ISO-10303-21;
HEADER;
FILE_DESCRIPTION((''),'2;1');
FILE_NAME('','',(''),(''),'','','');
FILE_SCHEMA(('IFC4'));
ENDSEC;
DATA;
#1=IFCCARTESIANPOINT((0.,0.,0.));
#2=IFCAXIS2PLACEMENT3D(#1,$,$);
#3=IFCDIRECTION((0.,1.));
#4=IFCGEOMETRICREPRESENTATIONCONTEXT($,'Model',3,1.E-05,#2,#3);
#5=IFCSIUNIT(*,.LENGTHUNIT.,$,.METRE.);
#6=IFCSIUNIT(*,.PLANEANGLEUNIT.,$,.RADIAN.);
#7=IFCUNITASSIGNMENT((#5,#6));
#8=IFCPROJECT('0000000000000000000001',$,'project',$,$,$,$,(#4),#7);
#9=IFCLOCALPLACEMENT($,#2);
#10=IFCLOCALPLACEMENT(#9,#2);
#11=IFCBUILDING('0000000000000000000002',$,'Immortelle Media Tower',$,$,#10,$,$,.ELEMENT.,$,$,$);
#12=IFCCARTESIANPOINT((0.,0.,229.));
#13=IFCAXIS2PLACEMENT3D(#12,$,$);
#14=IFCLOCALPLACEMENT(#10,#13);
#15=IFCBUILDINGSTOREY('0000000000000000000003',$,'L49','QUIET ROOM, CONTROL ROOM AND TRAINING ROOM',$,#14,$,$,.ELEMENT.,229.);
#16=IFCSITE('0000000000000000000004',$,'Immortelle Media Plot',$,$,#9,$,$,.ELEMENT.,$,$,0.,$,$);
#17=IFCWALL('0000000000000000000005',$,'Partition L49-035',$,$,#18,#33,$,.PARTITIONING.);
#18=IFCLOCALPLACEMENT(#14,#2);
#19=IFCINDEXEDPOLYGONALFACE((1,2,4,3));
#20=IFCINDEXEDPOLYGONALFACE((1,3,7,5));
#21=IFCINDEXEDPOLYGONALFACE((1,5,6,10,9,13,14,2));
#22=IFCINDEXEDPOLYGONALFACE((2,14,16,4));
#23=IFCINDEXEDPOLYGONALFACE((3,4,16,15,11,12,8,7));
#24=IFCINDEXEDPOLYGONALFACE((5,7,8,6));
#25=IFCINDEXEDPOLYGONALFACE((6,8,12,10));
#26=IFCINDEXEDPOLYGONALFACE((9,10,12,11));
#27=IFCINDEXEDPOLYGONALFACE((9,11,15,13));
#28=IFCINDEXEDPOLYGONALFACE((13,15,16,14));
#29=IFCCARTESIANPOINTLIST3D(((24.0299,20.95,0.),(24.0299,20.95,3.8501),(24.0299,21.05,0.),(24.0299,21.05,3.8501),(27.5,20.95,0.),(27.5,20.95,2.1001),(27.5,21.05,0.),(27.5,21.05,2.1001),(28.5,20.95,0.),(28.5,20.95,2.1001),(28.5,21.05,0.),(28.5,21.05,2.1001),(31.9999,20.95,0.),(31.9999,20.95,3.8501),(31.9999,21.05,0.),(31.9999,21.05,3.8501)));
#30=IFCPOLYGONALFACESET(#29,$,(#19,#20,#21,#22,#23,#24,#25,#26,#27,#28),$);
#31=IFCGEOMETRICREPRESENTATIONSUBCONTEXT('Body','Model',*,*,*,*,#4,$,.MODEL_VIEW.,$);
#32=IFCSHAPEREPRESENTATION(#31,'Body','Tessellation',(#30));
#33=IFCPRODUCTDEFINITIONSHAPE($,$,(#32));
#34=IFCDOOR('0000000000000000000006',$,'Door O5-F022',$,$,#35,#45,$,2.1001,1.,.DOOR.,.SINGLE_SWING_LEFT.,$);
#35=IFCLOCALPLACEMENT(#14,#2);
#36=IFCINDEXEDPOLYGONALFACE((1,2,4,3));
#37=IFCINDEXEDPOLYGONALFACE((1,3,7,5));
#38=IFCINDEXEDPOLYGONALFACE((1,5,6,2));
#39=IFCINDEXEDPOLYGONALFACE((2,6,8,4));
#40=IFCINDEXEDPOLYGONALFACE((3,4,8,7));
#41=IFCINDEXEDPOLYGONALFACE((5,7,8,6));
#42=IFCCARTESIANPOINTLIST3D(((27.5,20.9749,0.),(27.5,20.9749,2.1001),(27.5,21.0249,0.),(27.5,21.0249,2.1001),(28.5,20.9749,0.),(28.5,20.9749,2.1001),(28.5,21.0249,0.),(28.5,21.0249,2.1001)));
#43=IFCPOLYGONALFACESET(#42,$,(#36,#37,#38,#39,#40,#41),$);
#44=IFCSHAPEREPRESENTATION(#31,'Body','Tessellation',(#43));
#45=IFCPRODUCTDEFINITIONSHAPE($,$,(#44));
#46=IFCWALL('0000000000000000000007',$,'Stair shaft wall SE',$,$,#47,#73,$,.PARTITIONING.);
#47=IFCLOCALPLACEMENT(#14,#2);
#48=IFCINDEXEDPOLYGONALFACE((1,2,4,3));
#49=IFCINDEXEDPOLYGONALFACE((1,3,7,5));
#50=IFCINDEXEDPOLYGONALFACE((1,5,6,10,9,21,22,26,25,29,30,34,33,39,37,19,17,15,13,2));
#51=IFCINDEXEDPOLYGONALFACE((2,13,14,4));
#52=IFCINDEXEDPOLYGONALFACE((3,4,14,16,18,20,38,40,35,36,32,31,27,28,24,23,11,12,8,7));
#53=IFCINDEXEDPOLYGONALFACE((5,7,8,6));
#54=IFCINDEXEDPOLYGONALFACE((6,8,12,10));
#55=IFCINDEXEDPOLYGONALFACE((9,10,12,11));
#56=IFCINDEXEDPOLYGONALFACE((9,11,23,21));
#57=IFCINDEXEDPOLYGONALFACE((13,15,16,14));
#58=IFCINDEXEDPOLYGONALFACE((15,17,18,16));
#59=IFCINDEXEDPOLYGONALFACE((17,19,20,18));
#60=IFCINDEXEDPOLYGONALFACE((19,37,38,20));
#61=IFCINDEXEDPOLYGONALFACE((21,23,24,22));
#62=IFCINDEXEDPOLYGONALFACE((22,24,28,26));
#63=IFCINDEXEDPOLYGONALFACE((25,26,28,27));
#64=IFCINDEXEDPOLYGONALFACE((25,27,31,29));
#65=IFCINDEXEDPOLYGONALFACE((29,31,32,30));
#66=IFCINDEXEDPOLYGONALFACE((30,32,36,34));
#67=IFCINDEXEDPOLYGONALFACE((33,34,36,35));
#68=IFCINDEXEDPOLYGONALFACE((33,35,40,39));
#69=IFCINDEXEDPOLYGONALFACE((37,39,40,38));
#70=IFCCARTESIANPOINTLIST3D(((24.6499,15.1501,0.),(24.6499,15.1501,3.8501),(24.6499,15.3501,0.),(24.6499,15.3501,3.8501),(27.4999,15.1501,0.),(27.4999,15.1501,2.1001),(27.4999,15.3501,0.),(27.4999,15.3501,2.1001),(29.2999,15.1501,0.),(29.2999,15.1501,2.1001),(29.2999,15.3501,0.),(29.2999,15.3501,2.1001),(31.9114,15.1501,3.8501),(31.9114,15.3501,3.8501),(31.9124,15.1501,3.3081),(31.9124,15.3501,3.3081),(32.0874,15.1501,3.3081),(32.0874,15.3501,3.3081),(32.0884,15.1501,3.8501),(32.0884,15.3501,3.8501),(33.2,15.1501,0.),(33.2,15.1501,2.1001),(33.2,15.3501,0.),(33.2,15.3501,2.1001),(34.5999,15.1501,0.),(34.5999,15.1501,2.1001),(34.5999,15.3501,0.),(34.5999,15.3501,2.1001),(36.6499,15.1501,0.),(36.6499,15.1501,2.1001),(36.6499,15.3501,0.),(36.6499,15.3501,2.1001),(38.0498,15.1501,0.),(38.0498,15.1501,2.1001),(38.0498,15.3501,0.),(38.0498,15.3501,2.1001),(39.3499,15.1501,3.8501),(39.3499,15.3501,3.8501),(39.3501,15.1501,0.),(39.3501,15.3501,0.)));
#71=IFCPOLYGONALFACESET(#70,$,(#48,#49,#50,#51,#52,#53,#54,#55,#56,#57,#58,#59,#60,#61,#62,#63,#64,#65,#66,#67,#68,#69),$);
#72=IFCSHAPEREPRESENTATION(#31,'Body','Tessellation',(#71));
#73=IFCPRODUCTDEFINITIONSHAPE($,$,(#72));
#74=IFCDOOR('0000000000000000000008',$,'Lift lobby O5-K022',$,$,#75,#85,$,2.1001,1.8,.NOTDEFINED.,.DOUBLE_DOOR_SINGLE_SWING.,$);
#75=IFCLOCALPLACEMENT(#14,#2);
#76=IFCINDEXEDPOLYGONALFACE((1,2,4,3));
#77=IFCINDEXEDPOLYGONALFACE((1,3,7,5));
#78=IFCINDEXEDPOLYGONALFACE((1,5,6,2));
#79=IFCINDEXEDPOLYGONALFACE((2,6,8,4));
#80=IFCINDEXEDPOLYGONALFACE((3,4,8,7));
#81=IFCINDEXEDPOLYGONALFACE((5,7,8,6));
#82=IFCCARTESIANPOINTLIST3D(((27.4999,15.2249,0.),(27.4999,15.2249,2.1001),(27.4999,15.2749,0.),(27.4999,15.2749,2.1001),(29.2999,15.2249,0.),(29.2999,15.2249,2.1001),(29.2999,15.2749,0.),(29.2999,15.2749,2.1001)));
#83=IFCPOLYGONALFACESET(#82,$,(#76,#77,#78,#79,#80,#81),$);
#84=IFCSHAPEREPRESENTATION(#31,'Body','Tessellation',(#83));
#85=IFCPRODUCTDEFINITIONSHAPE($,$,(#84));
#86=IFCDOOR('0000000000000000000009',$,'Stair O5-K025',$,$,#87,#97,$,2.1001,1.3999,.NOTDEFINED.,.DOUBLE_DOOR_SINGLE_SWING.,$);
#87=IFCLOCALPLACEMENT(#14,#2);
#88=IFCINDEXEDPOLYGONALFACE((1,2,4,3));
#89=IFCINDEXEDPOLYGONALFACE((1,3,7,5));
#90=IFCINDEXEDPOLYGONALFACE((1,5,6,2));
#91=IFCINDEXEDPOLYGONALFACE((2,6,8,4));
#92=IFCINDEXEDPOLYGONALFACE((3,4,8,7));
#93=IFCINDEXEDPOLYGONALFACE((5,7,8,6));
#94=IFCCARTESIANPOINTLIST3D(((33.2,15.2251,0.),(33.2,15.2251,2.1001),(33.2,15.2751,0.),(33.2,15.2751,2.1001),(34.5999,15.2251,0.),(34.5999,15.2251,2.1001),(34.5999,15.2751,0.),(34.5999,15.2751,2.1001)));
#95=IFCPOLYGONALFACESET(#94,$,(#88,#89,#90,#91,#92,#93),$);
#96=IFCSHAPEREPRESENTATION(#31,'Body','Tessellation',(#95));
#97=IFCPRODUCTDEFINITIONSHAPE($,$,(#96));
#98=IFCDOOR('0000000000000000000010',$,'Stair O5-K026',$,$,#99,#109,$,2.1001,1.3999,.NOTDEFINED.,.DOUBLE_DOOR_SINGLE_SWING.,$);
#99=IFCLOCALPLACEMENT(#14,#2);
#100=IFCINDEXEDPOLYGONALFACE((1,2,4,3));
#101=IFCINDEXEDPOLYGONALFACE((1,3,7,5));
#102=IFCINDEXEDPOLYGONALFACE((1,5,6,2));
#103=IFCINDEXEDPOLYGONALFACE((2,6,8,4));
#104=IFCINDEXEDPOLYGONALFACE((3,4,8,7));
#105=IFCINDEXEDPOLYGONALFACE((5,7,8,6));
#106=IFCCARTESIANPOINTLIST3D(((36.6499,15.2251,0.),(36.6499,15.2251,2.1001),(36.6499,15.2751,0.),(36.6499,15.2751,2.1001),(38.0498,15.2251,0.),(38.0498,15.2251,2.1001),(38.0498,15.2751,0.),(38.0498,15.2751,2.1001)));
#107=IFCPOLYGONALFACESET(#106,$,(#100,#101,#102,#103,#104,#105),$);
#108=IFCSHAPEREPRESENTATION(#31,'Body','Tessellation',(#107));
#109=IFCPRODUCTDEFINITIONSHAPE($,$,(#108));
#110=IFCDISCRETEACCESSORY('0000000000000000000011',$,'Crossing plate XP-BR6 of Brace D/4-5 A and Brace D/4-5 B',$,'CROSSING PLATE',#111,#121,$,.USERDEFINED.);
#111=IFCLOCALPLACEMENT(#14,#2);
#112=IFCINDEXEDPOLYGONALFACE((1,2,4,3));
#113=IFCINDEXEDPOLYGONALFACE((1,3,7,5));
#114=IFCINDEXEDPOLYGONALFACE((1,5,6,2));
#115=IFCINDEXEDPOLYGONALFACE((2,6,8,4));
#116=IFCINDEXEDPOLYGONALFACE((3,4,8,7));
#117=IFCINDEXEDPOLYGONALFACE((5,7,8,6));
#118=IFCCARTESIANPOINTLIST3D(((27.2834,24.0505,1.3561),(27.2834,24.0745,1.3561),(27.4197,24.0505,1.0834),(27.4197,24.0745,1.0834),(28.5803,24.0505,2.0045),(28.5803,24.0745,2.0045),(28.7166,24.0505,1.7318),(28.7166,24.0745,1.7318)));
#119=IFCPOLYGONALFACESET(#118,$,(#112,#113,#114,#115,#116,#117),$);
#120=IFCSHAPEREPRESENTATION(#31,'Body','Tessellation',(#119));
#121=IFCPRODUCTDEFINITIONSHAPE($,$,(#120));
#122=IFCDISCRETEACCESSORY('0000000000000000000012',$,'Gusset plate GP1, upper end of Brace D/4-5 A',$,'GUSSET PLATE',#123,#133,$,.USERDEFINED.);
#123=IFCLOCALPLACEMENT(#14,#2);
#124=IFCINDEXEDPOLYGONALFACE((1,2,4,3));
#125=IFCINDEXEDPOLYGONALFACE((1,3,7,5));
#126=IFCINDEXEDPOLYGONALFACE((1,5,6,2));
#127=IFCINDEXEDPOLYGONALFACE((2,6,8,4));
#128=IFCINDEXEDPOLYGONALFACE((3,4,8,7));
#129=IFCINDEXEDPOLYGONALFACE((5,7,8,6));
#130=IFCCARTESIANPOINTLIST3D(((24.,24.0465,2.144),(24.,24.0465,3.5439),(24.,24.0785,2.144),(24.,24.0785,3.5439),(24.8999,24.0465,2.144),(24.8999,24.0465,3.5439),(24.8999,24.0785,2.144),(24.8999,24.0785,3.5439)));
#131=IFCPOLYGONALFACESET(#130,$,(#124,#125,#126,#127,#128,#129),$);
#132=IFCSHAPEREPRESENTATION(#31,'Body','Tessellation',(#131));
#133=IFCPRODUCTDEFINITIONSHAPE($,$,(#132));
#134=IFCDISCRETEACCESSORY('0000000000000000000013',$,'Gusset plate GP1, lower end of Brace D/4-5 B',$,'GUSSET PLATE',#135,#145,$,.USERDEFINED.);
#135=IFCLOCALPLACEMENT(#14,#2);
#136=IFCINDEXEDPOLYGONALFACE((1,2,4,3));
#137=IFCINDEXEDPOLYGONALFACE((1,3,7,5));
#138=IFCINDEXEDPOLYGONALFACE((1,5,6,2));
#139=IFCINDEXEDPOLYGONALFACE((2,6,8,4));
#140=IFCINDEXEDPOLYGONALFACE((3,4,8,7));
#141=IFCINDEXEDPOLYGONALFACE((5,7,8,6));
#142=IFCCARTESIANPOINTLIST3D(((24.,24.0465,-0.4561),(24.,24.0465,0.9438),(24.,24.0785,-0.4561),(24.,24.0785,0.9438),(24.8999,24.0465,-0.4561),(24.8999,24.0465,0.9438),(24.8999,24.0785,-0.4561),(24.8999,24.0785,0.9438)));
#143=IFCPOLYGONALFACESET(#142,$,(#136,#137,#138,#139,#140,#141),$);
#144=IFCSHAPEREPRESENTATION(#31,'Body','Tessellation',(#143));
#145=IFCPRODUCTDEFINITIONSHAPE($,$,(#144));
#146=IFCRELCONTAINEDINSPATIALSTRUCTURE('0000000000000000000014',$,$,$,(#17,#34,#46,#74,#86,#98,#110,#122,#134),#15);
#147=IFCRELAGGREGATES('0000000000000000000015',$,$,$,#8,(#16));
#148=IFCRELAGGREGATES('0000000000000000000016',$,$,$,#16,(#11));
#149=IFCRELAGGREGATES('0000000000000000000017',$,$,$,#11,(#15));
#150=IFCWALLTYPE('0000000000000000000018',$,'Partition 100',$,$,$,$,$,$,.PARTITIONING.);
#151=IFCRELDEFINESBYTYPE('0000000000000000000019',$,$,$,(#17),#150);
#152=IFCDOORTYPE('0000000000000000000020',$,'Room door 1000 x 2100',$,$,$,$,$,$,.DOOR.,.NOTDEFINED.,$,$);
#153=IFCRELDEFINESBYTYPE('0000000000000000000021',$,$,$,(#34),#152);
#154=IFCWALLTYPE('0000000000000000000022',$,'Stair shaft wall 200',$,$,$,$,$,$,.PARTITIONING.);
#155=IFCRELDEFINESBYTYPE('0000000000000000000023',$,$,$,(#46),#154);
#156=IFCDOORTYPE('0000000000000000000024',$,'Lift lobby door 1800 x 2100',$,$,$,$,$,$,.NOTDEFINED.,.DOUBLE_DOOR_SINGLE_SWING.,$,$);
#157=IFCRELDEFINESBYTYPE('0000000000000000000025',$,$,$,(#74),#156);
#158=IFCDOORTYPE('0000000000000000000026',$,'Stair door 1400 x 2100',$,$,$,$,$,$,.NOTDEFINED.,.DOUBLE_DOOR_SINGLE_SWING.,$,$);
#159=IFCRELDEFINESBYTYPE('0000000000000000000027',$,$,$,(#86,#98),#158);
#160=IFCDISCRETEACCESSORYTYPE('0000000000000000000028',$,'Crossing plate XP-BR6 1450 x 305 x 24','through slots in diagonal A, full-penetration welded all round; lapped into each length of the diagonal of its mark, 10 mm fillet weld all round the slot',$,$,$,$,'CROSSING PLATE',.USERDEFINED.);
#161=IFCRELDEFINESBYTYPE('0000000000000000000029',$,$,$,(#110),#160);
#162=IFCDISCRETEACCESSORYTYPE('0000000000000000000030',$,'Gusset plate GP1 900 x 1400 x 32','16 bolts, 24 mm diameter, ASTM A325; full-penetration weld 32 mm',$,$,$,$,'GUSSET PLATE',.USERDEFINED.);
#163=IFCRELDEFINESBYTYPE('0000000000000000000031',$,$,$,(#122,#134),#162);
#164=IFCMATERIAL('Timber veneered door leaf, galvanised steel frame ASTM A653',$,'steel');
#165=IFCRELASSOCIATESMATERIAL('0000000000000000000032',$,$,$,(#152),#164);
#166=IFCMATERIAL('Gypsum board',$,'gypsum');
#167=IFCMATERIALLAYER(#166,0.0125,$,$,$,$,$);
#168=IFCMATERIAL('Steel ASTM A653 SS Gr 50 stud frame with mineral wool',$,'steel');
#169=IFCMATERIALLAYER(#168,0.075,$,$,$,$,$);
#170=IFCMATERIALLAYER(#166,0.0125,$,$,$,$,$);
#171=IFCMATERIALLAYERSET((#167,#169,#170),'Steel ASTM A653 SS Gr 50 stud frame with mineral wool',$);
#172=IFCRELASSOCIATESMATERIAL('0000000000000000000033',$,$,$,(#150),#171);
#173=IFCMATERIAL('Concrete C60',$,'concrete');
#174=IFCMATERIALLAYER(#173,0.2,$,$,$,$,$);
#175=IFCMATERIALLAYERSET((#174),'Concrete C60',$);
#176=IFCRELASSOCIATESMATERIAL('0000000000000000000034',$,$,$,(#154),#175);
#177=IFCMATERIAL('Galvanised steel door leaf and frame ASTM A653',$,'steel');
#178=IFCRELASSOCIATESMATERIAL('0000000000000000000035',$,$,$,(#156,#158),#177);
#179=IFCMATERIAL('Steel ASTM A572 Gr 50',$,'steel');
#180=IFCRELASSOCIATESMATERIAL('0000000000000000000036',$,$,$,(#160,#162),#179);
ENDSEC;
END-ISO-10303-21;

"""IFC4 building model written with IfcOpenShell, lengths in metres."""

from ifc_helpers import new_model, si_unit, direction, frame, frame_2d, origin, origin_2d, place, context, subcontext, project, spatial, polyline, rectangle, outline, extrude, material, layer, layer_set, material_profile, profile_set, type_object, element, fill, save


model = new_model("IFC4")

# Units and contexts
model_context = context("Model", 3, precision=1e-05, world=origin(), true_north=direction((0.0, 1.0)))
body_context = subcontext(model_context, "Body", "Model", "MODEL_VIEW")
ifc_project = project(units=[si_unit("LENGTHUNIT", "METRE"), si_unit("PLANEANGLEUNIT", "RADIAN")], contexts=[model_context])

# Site, building, storey
site_placement = place(None, origin())
site = spatial("IfcSite", under=ifc_project, at=site_placement, Name="Immortelle Media Plot", CompositionType="ELEMENT", RefElevation=0.0)
building_placement = place(site_placement, origin())
building = spatial("IfcBuilding", under=site, at=building_placement, Name="Immortelle Media Tower", CompositionType="ELEMENT")
storey_placement = place(building_placement, frame((0.0, 0.0, 229.0)))
storey = spatial("IfcBuildingStorey", under=building, at=storey_placement, Name="L49", Description="QUIET ROOM, CONTROL ROOM AND TRAINING ROOM", CompositionType="ELEMENT", Elevation=229.0)

# Shared definitions
ifc_material_1 = material(Name="Steel ASTM A653 SS Gr 50 stud frame with mineral wool", Category="steel")

# Shared definitions
ifc_material_2 = material(Name="Galvanised steel door leaf and frame ASTM A653", Category="steel")

# Shared definitions
ifc_material_3 = material(Name="Timber veneered door leaf, galvanised steel frame ASTM A653", Category="steel")
door_type_1 = type_object("IfcDoorType", Name="Room door 1000 x 2100", OperationType="NOTDEFINED", PredefinedType="DOOR", material=ifc_material_3)

# Wall, opening, door
ifc_material_4 = material(Name="Gypsum board", Category="gypsum")
ifc_layer_1 = layer(ifc_material_4, 0.0125)
ifc_layer_2 = layer(ifc_material_1, 0.075)
ifc_layer_3 = layer(ifc_material_4, 0.0125)
ifc_layer_set_1 = layer_set([ifc_layer_1, ifc_layer_2, ifc_layer_3], Name="Steel ASTM A653 SS Gr 50 stud frame with mineral wool")
wall_type_1 = type_object("IfcWallType", Name="Partition 100", PredefinedType="PARTITIONING", material=ifc_layer_set_1)
wall_1_placement = place(storey_placement, frame((24.03, 21.0, 0.0), z_axis=(0.0, 0.0, 1.0), x_axis=(1.0, 0.0, 0.0)))
wall_1 = element("IfcWall", 1, at=wall_1_placement, inside=storey, type_object=wall_type_1, Name="Partition L49-035", PredefinedType="PARTITIONING", context=body_context, shape_type="SweptSolid", body=[
    extrude(rectangle(XDim=7.97, YDim=0.1001, at=frame_2d((3.9849, 0.0))), origin(), (0.0, 0.0, 1.0), 3.8501),
])
opening_1_placement = place(wall_1_placement, frame((3.47, 0.0, 0.0)))
opening_1 = element("IfcOpeningElement", 2, at=opening_1_placement, cuts=wall_1, PredefinedType="OPENING", context=body_context, shape_type="SweptSolid", body=[
    extrude(rectangle(XDim=1.0, YDim=2.1001, at=frame_2d((0.5, 1.05))), frame((0.0, 0.0601, 0.0), z_axis=(0.0, -1.0, 0.0), x_axis=(1.0, 0.0, 0.0)), (0.0, 0.0, 1.0), 0.1201),
])
door_1_placement = place(opening_1_placement, origin())
door_1 = element("IfcDoor", 3, at=door_1_placement, inside=storey, type_object=door_type_1, Name="Door O5-F022", OperationType="SINGLE_SWING_LEFT", OverallHeight=2.1001, OverallWidth=1.0, PredefinedType="DOOR", context=body_context, shape_type="SweptSolid", body=[
    extrude(rectangle(XDim=1.0, YDim=2.1001, at=frame_2d((0.5, 1.05))), frame((0.0, 0.0249, 0.0), z_axis=(0.0, -1.0, 0.0), x_axis=(1.0, 0.0, 0.0)), (0.0, 0.0, 1.0), 0.05),
])
fill(opening_1, door_1)

# Wall, openings, doors
ifc_material_5 = material(Name="Concrete C60", Category="concrete")
ifc_layer_4 = layer(ifc_material_5, 0.2)
ifc_layer_set_2 = layer_set([ifc_layer_4], Name="Concrete C60")
wall_type_2 = type_object("IfcWallType", Name="Stair shaft wall 200", PredefinedType="PARTITIONING", material=ifc_layer_set_2)
wall_2_placement = place(storey_placement, frame((24.6499, 15.25, 0.0), z_axis=(0.0, 0.0, 1.0), x_axis=(1.0, 0.0, 0.0)))
wall_2 = element("IfcWall", 4, at=wall_2_placement, inside=storey, type_object=wall_type_2, Name="Stair shaft wall SE", PredefinedType="PARTITIONING", context=body_context, shape_type="SweptSolid", body=[
    extrude(outline(polyline([(0.0, 0.0), (14.7002, 0.0), (14.7, 3.8501), (7.4385, 3.8501), (7.4375, 3.3081), (7.2625, 3.3081), (7.2615, 3.8501), (0.0, 3.8501), (0.0, 0.0)])), frame((0.0, 0.1001, 0.0), z_axis=(0.0, -1.0, 0.0), x_axis=(1.0, 0.0, 0.0)), (0.0, 0.0, 1.0), 0.2),
])
opening_2_placement = place(wall_2_placement, frame((2.8501, 0.0, 0.0)))
opening_2 = element("IfcOpeningElement", 5, at=opening_2_placement, cuts=wall_2, PredefinedType="OPENING", context=body_context, shape_type="SweptSolid", body=[
    extrude(rectangle(XDim=1.8, YDim=2.1001, at=frame_2d((0.8999, 1.05))), frame((0.0, 0.1099, 0.0), z_axis=(0.0, -1.0, 0.0), x_axis=(1.0, 0.0, 0.0)), (0.0, 0.0, 1.0), 0.22),
])
opening_3_placement = place(wall_2_placement, frame((9.95, 0.0, 0.0), z_axis=(0.0, 0.0, 1.0), x_axis=(-1.0, 0.0, 0.0)))
opening_3 = element("IfcOpeningElement", 6, at=opening_3_placement, cuts=wall_2, PredefinedType="OPENING", context=body_context, shape_type="SweptSolid", body=[
    extrude(rectangle(XDim=1.3999, YDim=2.1001, at=frame_2d((0.7, 1.05))), frame((0.0, 0.1099, 0.0), z_axis=(0.0, -1.0, 0.0), x_axis=(1.0, 0.0, 0.0)), (0.0, 0.0, 1.0), 0.22),
])
opening_4_placement = place(wall_2_placement, frame((13.3999, 0.0, 0.0), z_axis=(0.0, 0.0, 1.0), x_axis=(-1.0, 0.0, 0.0)))
opening_4 = element("IfcOpeningElement", 7, at=opening_4_placement, cuts=wall_2, PredefinedType="OPENING", context=body_context, shape_type="SweptSolid", body=[
    extrude(rectangle(XDim=1.3999, YDim=2.1001, at=frame_2d((0.7, 1.05))), frame((0.0, 0.1099, 0.0), z_axis=(0.0, -1.0, 0.0), x_axis=(1.0, 0.0, 0.0)), (0.0, 0.0, 1.0), 0.22),
])
door_type_2 = type_object("IfcDoorType", Name="Lift lobby door 1800 x 2100", OperationType="DOUBLE_DOOR_SINGLE_SWING", PredefinedType="NOTDEFINED", material=ifc_material_2)
door_2_placement = place(opening_2_placement, origin())
door_2 = element("IfcDoor", 8, at=door_2_placement, inside=storey, type_object=door_type_2, Name="Lift lobby O5-K022", OperationType="DOUBLE_DOOR_SINGLE_SWING", OverallHeight=2.1001, OverallWidth=1.8, PredefinedType="NOTDEFINED", context=body_context, shape_type="SweptSolid", body=[
    extrude(rectangle(XDim=1.8, YDim=2.1001, at=frame_2d((0.8999, 1.05))), frame((0.0, 0.0249, 0.0), z_axis=(0.0, -1.0, 0.0), x_axis=(1.0, 0.0, 0.0)), (0.0, 0.0, 1.0), 0.05),
])
fill(opening_2, door_2)
door_type_3 = type_object("IfcDoorType", Name="Stair door 1400 x 2100", OperationType="DOUBLE_DOOR_SINGLE_SWING", PredefinedType="NOTDEFINED", material=ifc_material_2)
door_3_placement = place(opening_3_placement, origin())
door_3 = element("IfcDoor", 9, at=door_3_placement, inside=storey, type_object=door_type_3, Name="Stair O5-K025", OperationType="DOUBLE_DOOR_SINGLE_SWING", OverallHeight=2.1001, OverallWidth=1.3999, PredefinedType="NOTDEFINED", context=body_context, shape_type="SweptSolid", body=[
    extrude(rectangle(XDim=1.3999, YDim=2.1001, at=frame_2d((0.7, 1.05))), frame((0.0, 0.0249, 0.0), z_axis=(0.0, -1.0, 0.0), x_axis=(1.0, 0.0, 0.0)), (0.0, 0.0, 1.0), 0.05),
])
fill(opening_3, door_3)
door_4_placement = place(opening_4_placement, origin())
door_4 = element("IfcDoor", 10, at=door_4_placement, inside=storey, type_object=door_type_3, Name="Stair O5-K026", OperationType="DOUBLE_DOOR_SINGLE_SWING", OverallHeight=2.1001, OverallWidth=1.3999, PredefinedType="NOTDEFINED", context=body_context, shape_type="SweptSolid", body=[
    extrude(rectangle(XDim=1.3999, YDim=2.1001, at=frame_2d((0.7, 1.05))), frame((0.0, 0.0249, 0.0), z_axis=(0.0, -1.0, 0.0), x_axis=(1.0, 0.0, 0.0)), (0.0, 0.0, 1.0), 0.05),
])
fill(opening_4, door_4)

# Discrete accessories
ifc_material_6 = material(Name="Steel ASTM A572 Gr 50", Category="steel")
ifc_material_profile_1 = material_profile(ifc_material_6, rectangle(XDim=0.0239, YDim=0.3049, at=origin_2d()), Name="PL 24 x 305")
ifc_profile_set_1 = profile_set([ifc_material_profile_1], Name="Steel ASTM A572 Gr 50")
discrete_accessory_type_1 = type_object("IfcDiscreteAccessoryType", Name="Crossing plate XP-BR6 1450 x 305 x 24", Description="through slots in diagonal A, full-penetration welded all round; lapped into each length of the diagonal of its mark, 10 mm fillet weld all round the slot", ElementType="CROSSING PLATE", PredefinedType="USERDEFINED", material=ifc_profile_set_1)
discrete_accessory_placement = place(storey_placement, frame((28.6484, 24.0625, 1.8682), z_axis=(-0.894427, 0.0, -0.447214), x_axis=(0.0, -1.0, 0.0)))
element("IfcDiscreteAccessory", 11, at=discrete_accessory_placement, inside=storey, type_object=discrete_accessory_type_1, Name="Crossing plate XP-BR6 of Brace D/4-5 A and Brace D/4-5 B", ObjectType="CROSSING PLATE", PredefinedType="USERDEFINED", context=body_context, shape_type="SweptSolid", body=[
    extrude(rectangle(XDim=0.0239, YDim=0.3049, at=origin_2d()), origin(), (0.0, 0.0, 1.0), 1.45),
])
ifc_material_profile_2 = material_profile(ifc_material_6, rectangle(XDim=0.032, YDim=1.3999, at=origin_2d()), Name="PL 32 x 1400")
ifc_profile_set_2 = profile_set([ifc_material_profile_2], Name="Steel ASTM A572 Gr 50")
discrete_accessory_type_2 = type_object("IfcDiscreteAccessoryType", Name="Gusset plate GP1 900 x 1400 x 32", Description="16 bolts, 24 mm diameter, ASTM A325; full-penetration weld 32 mm", ElementType="GUSSET PLATE", PredefinedType="USERDEFINED", material=ifc_profile_set_2)
for number, where, z_axis, x_axis, name in (
    (12, (24.0, 24.0625, 2.844), (1.0, 0.0, 0.0), (0.0, 1.0, 0.0), "Gusset plate GP1, upper end of Brace D/4-5 A"),
    (13, (24.0, 24.0625, 0.2439), (1.0, 0.0, 0.0), (0.0, 1.0, 0.0), "Gusset plate GP1, lower end of Brace D/4-5 B"),
):
    element("IfcDiscreteAccessory", number, at=place(storey_placement, frame(where, z_axis=z_axis, x_axis=x_axis)), inside=storey, type_object=discrete_accessory_type_2, Name=name, ObjectType="GUSSET PLATE", PredefinedType="USERDEFINED", context=body_context, shape_type="SweptSolid", body=[
        extrude(rectangle(XDim=0.032, YDim=1.3999, at=origin_2d()), origin(), (0.0, 0.0, 1.0), 0.8999),
    ])

save(model, "model.ifc")
